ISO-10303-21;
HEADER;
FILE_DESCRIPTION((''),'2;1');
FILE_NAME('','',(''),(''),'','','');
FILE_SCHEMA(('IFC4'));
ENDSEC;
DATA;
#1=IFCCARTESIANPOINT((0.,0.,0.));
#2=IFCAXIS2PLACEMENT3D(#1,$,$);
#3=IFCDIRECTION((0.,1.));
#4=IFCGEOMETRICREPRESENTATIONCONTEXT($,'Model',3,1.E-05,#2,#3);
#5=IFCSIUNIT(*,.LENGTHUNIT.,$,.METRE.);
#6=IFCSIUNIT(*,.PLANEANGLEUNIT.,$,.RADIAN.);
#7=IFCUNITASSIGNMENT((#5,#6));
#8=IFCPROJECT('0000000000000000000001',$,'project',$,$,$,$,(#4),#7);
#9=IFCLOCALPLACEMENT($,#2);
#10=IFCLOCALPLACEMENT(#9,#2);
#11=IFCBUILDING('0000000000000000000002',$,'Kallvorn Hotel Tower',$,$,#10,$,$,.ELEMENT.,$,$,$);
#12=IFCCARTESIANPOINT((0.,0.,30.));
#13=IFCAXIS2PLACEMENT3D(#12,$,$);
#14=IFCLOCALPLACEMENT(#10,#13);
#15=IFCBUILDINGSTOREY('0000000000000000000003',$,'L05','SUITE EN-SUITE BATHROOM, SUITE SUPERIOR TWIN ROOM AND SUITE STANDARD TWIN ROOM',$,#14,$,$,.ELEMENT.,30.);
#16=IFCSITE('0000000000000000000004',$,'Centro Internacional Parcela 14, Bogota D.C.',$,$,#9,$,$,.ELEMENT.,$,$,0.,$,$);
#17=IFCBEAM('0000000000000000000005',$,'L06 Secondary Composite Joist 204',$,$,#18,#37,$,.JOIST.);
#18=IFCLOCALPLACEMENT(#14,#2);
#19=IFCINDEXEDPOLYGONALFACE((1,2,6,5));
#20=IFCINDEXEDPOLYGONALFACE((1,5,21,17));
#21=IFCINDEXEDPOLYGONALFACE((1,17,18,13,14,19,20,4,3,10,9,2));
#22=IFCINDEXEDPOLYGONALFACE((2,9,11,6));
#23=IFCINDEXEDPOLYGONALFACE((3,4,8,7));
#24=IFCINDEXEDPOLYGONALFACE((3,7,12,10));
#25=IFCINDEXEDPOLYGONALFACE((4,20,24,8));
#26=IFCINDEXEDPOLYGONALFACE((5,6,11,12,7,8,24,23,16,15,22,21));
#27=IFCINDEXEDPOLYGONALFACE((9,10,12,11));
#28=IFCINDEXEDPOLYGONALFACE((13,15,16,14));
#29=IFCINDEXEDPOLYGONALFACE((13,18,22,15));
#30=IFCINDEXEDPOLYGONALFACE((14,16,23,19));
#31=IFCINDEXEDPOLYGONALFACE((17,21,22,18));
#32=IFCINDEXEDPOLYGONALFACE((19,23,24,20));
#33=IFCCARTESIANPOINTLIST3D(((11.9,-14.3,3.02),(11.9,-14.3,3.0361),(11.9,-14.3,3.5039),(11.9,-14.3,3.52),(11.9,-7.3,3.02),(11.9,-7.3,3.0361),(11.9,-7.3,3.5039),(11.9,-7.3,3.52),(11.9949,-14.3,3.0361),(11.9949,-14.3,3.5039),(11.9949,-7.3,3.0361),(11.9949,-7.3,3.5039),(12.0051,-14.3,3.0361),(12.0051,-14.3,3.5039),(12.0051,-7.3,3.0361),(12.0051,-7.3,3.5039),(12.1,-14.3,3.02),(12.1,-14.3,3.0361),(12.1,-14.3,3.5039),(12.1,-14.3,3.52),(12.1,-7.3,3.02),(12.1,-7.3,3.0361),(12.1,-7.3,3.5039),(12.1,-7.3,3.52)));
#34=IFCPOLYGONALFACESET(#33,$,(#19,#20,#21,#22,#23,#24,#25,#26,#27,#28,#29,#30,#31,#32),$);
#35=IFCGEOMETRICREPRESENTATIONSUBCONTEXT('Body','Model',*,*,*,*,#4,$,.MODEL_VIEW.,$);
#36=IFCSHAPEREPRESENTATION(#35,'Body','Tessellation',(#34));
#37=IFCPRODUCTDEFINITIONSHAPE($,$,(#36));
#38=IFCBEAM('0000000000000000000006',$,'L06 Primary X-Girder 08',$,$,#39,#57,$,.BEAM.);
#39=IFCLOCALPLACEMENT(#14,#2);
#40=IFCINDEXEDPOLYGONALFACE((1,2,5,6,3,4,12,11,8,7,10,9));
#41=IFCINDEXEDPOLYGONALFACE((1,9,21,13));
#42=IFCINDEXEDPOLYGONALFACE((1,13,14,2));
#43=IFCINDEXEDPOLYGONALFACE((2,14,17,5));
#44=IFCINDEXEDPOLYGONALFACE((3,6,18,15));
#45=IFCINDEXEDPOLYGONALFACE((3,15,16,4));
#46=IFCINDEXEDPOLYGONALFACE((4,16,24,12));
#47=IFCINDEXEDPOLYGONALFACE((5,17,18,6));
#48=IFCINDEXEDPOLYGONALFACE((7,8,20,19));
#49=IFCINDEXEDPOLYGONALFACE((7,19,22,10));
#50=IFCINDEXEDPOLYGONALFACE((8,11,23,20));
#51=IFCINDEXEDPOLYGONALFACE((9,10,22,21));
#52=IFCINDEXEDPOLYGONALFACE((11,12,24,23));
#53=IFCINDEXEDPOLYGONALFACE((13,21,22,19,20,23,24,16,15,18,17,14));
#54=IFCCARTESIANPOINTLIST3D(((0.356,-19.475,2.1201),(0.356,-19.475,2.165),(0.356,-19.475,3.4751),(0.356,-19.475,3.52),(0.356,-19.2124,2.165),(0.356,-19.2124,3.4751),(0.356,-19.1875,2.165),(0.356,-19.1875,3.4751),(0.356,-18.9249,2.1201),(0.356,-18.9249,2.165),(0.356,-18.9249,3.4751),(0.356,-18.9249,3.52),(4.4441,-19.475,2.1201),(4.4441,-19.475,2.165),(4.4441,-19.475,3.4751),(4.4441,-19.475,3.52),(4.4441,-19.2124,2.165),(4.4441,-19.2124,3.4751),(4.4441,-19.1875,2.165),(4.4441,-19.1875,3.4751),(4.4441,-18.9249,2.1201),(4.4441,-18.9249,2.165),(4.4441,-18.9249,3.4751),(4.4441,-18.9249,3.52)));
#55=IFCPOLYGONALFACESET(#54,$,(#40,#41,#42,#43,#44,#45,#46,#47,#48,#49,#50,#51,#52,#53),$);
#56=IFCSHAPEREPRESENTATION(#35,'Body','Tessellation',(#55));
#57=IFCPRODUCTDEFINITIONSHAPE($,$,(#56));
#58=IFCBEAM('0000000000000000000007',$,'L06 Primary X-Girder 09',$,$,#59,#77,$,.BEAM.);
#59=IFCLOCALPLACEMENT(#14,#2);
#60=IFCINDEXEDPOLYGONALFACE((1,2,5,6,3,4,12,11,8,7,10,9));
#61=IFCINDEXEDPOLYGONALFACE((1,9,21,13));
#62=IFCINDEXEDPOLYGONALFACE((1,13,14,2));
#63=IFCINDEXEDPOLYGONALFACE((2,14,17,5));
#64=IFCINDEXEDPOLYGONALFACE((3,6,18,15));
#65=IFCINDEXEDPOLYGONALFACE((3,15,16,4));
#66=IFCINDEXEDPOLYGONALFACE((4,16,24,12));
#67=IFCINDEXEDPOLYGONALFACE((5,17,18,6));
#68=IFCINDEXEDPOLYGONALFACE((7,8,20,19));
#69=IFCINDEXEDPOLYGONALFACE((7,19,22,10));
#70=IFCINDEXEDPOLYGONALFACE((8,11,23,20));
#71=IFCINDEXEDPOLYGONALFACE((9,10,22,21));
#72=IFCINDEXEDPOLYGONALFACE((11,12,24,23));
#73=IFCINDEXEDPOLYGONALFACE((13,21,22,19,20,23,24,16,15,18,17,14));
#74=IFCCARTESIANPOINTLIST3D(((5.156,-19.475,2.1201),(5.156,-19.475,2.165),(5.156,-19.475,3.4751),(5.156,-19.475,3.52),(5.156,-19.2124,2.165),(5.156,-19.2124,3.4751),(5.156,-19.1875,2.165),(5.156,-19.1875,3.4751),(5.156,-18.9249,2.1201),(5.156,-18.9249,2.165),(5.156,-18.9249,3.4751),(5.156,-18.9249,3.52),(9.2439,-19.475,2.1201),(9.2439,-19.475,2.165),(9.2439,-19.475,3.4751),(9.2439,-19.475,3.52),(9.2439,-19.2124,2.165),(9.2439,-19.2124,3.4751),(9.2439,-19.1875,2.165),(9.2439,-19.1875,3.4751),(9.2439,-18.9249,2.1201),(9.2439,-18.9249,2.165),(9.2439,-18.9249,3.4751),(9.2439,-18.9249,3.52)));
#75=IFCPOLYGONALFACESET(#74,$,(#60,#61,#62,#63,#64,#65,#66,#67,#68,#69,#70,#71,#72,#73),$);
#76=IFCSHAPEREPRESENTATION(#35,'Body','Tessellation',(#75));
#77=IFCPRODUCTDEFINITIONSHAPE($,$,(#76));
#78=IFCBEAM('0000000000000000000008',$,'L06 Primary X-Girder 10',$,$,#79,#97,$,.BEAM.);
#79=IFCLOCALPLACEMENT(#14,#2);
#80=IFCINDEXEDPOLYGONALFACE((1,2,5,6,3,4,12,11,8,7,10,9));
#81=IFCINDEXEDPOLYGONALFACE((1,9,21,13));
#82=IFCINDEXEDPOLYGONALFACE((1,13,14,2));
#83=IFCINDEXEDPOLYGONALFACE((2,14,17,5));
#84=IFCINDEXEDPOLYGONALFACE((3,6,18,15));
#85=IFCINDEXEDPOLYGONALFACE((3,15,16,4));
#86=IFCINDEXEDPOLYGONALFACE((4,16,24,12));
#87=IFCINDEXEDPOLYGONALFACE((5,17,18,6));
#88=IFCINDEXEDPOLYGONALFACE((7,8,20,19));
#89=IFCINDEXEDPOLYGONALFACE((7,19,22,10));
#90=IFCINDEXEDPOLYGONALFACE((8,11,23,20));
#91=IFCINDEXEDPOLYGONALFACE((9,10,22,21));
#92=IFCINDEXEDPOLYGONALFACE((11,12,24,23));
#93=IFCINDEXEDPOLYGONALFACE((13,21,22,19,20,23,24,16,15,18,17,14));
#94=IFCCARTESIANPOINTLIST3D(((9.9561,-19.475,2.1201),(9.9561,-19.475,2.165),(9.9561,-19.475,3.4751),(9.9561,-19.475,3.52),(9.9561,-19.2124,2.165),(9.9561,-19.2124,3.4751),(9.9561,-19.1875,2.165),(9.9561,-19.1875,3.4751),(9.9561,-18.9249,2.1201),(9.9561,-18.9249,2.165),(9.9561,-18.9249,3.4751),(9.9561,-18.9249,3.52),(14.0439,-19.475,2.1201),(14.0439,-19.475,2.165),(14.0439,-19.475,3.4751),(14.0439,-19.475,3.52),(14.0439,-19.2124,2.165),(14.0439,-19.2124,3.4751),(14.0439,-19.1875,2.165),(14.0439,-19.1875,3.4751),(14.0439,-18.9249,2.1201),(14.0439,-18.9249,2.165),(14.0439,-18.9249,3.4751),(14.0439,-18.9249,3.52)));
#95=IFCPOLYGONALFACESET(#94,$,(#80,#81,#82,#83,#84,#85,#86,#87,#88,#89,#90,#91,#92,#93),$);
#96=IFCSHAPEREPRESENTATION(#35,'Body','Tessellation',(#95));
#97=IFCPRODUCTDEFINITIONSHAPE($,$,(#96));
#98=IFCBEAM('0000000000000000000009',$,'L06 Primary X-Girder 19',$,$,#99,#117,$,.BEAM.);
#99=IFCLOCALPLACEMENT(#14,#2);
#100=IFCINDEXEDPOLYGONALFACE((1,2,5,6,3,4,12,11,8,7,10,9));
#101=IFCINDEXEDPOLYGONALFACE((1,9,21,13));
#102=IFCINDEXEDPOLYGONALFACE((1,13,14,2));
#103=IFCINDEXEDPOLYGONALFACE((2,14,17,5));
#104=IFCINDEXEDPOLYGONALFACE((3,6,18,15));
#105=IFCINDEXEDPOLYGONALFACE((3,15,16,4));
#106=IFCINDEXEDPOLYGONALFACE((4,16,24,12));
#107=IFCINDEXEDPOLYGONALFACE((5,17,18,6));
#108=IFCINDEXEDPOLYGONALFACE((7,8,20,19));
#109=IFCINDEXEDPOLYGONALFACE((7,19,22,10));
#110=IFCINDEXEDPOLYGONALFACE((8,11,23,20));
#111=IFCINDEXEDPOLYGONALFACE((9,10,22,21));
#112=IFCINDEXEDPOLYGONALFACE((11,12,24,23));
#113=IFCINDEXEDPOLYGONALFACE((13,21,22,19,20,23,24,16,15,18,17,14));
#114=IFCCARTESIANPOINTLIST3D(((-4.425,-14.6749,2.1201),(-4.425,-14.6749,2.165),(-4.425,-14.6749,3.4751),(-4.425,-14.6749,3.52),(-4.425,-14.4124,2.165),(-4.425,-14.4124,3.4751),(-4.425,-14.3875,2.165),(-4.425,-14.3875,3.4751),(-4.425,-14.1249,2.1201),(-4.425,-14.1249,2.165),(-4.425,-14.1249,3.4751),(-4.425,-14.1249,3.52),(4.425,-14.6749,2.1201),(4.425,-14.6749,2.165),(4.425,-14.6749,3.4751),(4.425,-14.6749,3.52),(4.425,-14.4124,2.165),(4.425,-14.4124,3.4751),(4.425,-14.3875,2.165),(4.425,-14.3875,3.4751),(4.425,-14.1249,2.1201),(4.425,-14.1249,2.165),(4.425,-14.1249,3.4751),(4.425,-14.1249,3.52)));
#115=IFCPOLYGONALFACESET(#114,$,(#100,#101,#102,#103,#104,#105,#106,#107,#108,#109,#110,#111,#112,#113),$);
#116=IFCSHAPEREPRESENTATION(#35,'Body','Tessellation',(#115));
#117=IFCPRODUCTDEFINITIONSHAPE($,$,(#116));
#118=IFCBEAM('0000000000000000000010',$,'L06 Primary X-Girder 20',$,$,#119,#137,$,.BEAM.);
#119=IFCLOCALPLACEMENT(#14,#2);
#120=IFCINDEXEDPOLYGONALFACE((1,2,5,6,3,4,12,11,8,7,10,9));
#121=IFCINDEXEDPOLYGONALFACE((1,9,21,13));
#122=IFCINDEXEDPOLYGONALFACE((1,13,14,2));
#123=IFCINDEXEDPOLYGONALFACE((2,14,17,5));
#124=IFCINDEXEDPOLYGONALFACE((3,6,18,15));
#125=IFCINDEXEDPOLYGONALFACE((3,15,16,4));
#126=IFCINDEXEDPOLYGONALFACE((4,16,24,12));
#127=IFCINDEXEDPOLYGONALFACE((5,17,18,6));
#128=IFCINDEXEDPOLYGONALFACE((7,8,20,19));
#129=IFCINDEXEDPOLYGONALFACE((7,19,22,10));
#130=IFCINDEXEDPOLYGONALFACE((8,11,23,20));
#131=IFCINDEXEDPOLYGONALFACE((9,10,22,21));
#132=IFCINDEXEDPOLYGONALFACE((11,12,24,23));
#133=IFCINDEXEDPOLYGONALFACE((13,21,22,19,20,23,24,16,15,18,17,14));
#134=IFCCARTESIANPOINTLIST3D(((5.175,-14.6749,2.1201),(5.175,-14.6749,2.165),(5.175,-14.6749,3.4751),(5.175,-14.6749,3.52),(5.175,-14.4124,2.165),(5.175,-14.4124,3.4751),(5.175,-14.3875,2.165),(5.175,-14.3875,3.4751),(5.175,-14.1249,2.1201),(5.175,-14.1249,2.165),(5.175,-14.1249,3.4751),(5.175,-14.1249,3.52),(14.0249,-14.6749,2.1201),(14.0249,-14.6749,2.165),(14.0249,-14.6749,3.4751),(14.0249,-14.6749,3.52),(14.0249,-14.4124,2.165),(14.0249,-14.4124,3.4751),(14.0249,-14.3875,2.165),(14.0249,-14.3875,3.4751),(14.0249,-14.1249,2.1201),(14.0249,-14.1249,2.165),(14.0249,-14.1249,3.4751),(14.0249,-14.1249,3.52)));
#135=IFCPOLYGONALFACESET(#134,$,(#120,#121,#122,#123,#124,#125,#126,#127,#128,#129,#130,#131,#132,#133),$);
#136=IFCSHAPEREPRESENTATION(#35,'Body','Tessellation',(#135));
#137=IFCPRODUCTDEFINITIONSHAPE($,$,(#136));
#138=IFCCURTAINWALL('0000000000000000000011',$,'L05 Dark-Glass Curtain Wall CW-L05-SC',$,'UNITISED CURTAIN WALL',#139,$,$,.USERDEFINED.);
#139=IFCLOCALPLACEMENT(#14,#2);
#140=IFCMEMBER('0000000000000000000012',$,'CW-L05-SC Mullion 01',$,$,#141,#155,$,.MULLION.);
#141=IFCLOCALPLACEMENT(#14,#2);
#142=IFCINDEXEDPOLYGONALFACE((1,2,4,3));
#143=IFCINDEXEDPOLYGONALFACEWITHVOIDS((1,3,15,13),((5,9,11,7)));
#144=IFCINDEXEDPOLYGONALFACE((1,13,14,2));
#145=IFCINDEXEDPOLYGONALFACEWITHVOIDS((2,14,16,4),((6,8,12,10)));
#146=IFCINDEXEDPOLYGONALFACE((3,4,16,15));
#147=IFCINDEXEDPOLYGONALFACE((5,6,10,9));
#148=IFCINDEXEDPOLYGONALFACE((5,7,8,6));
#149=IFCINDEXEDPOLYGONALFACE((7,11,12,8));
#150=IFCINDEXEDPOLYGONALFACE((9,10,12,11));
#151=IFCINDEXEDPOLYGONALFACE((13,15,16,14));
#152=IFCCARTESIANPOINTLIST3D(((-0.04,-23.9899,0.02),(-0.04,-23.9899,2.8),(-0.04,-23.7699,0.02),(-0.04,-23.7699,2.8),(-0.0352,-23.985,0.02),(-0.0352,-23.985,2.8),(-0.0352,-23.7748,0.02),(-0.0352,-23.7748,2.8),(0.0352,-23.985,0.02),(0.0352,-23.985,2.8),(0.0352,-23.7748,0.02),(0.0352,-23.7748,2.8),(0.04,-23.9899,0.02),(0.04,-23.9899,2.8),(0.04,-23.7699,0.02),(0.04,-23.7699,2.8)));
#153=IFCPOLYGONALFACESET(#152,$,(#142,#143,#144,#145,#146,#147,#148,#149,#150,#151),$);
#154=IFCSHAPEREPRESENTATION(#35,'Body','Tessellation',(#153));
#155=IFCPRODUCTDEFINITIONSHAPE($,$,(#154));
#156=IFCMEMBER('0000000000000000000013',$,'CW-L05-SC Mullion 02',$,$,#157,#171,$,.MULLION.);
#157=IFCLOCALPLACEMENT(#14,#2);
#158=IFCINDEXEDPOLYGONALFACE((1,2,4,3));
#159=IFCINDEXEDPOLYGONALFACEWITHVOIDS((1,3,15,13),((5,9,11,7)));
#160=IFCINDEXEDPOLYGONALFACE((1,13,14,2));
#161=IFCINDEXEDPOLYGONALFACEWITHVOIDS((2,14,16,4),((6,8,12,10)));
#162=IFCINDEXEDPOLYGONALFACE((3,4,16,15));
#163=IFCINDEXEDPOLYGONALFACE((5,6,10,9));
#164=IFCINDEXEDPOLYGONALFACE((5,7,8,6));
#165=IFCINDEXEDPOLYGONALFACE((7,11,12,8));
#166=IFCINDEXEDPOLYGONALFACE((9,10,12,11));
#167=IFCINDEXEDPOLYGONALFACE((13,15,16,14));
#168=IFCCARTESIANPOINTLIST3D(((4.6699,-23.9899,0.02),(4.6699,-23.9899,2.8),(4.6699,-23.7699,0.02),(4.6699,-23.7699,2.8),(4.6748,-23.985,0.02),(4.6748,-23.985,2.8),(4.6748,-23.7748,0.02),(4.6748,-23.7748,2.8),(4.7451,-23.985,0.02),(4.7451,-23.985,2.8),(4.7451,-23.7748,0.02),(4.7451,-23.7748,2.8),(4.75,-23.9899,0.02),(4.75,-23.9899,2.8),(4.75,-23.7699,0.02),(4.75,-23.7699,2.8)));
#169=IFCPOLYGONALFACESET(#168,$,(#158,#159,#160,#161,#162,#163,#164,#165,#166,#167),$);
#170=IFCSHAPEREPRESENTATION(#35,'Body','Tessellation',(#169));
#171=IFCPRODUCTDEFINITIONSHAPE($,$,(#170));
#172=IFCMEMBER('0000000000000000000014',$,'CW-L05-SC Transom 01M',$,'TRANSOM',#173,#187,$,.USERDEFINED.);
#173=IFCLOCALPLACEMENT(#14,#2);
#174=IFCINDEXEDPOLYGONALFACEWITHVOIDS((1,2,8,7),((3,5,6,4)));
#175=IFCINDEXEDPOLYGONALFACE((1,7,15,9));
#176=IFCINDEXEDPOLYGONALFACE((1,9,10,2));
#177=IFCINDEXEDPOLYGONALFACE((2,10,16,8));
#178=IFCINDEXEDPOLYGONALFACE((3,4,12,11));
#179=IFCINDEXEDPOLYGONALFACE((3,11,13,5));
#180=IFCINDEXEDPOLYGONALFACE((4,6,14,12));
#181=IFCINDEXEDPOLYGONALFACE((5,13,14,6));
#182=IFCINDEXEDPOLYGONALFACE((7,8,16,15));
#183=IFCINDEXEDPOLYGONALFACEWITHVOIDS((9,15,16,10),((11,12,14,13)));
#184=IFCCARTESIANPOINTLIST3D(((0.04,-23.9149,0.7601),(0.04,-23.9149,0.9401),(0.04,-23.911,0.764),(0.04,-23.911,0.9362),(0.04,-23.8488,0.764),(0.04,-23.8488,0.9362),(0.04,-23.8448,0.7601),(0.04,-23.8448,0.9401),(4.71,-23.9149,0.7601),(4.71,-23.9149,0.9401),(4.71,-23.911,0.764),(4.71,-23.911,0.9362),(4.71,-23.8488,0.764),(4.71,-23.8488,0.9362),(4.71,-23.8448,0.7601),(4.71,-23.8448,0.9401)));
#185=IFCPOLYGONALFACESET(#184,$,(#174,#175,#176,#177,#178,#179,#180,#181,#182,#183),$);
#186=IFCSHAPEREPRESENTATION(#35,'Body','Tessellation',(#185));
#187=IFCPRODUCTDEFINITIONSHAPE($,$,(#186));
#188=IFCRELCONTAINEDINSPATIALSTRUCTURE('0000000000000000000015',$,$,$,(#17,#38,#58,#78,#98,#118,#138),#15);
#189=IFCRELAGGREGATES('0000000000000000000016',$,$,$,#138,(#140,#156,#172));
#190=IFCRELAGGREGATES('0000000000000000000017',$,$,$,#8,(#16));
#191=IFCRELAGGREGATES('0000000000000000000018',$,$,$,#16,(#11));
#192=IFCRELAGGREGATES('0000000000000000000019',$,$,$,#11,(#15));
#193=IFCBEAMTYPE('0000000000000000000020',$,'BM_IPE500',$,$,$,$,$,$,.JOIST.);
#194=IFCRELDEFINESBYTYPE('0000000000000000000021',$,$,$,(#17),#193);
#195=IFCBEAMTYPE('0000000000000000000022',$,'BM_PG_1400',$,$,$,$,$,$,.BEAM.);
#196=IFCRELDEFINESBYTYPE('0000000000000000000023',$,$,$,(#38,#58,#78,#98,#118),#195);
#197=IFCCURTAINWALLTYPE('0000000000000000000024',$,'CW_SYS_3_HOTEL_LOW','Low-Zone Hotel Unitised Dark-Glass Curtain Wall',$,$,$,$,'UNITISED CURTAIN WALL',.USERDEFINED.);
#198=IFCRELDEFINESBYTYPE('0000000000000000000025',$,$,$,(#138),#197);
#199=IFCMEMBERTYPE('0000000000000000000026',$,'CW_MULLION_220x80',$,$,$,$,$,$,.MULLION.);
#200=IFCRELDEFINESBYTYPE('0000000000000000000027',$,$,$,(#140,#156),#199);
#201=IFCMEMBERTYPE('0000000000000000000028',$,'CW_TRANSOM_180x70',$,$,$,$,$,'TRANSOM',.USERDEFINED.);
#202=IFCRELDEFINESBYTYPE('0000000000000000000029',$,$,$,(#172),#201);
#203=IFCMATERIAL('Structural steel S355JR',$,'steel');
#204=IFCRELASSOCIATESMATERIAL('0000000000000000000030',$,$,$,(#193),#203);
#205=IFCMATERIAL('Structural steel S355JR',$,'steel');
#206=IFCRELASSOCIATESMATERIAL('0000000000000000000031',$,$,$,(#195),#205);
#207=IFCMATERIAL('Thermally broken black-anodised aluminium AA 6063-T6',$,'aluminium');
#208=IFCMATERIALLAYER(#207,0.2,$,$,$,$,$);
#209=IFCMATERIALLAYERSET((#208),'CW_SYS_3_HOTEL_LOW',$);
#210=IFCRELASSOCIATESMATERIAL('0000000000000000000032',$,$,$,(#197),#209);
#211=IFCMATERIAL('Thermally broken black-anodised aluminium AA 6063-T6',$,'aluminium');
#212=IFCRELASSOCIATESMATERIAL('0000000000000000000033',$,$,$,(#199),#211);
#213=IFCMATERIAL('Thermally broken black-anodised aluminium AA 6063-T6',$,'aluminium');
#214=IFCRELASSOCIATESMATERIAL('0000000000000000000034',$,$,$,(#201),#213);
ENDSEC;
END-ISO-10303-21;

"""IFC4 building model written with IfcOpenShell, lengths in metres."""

from ifc_helpers import new_model, si_unit, direction, frame, origin, origin_2d, place, context, subcontext, project, spatial, hollow_rectangle, i_section, extrude, material, layer, layer_set, material_profile, profile_set, type_object, element, aggregate, save


model = new_model("IFC4")

# Units and contexts
model_context = context("Model", 3, precision=1e-05, world=origin(), true_north=direction((0.0, 1.0)))
body_context = subcontext(model_context, "Body", "Model", "MODEL_VIEW")
ifc_project = project(units=[si_unit("LENGTHUNIT", "METRE"), si_unit("PLANEANGLEUNIT", "RADIAN")], contexts=[model_context])

# Site, building, storey
site_placement = place(None, origin())
site = spatial("IfcSite", under=ifc_project, at=site_placement, Name="Centro Internacional Parcela 14, Bogota D.C.", CompositionType="ELEMENT", RefElevation=0.0)
building_placement = place(site_placement, origin())
building = spatial("IfcBuilding", under=site, at=building_placement, Name="Kallvorn Hotel Tower", CompositionType="ELEMENT")
storey_placement = place(building_placement, frame((0.0, 0.0, 30.0)))
storey = spatial("IfcBuildingStorey", under=building, at=storey_placement, Name="L05", Description="SUITE EN-SUITE BATHROOM, SUITE SUPERIOR TWIN ROOM AND SUITE STANDARD TWIN ROOM", CompositionType="ELEMENT", Elevation=30.0)

# Beams
ifc_material_1 = material(Name="Structural steel S355JR", Category="steel")
ifc_material_profile_1 = material_profile(ifc_material_1, i_section(OverallWidth=0.2, OverallDepth=0.5, WebThickness=0.0103, FlangeThickness=0.0161, at=origin_2d()), Name="IPE 500")
ifc_profile_set_1 = profile_set([ifc_material_profile_1], Name="Structural steel S355JR")
beam_type_1 = type_object("IfcBeamType", Name="BM_IPE500", PredefinedType="JOIST", material=ifc_profile_set_1)
for number, where, z_axis, x_axis, name in (
    (1, (12.0, -14.3, 3.27), (0.0, 1.0, 0.0), (-1.0, 0.0, 0.0), "L06 Secondary Composite Joist 204"),
):
    element("IfcBeam", number, at=place(storey_placement, frame(where, z_axis=z_axis, x_axis=x_axis)), inside=storey, type_object=beam_type_1, Name=name, PredefinedType="JOIST", context=body_context, shape_type="SweptSolid", body=[
        extrude(i_section(OverallWidth=0.2, OverallDepth=0.5, WebThickness=0.0103, FlangeThickness=0.0161, at=origin_2d()), origin(), (0.0, 0.0, 1.0), 7.0),
    ])
ifc_material_2 = material(Name="Structural steel S355JR", Category="steel")
ifc_material_profile_2 = material_profile(ifc_material_2, i_section(OverallWidth=0.55, OverallDepth=1.3999, WebThickness=0.0249, FlangeThickness=0.0449, at=origin_2d()), Name="PG 1400x550x25x45")
ifc_profile_set_2 = profile_set([ifc_material_profile_2], Name="Structural steel S355JR")
beam_type_2 = type_object("IfcBeamType", Name="BM_PG_1400", PredefinedType="BEAM", material=ifc_profile_set_2)
beam_1_placement = place(storey_placement, frame((0.356, -19.2, 2.8201), z_axis=(1.0, 0.0, 0.0), x_axis=(0.0, 1.0, 0.0)))
element("IfcBeam", 2, at=beam_1_placement, inside=storey, type_object=beam_type_2, Name="L06 Primary X-Girder 08", PredefinedType="BEAM", context=body_context, shape_type="SweptSolid", body=[
    extrude(i_section(OverallWidth=0.55, OverallDepth=1.3999, WebThickness=0.0249, FlangeThickness=0.0449, at=origin_2d()), origin(), (0.0, 0.0, 1.0), 4.0881),
])
for number, where, z_axis, x_axis, name in (
    (3, (5.156, -19.2, 2.8201), (1.0, 0.0, 0.0), (0.0, 1.0, 0.0), "L06 Primary X-Girder 09"),
    (4, (9.9561, -19.2, 2.8201), (1.0, 0.0, 0.0), (0.0, 1.0, 0.0), "L06 Primary X-Girder 10"),
):
    element("IfcBeam", number, at=place(storey_placement, frame(where, z_axis=z_axis, x_axis=x_axis)), inside=storey, type_object=beam_type_2, Name=name, PredefinedType="BEAM", context=body_context, shape_type="SweptSolid", body=[
        extrude(i_section(OverallWidth=0.55, OverallDepth=1.3999, WebThickness=0.0249, FlangeThickness=0.0449, at=origin_2d()), origin(), (0.0, 0.0, 1.0), 4.0879),
    ])
beam_2_placement = place(storey_placement, frame((-4.425, -14.3999, 2.8201), z_axis=(1.0, 0.0, 0.0), x_axis=(0.0, 1.0, 0.0)))
element("IfcBeam", 5, at=beam_2_placement, inside=storey, type_object=beam_type_2, Name="L06 Primary X-Girder 19", PredefinedType="BEAM", context=body_context, shape_type="SweptSolid", body=[
    extrude(i_section(OverallWidth=0.55, OverallDepth=1.3999, WebThickness=0.0249, FlangeThickness=0.0449, at=origin_2d()), origin(), (0.0, 0.0, 1.0), 8.8501),
])
beam_3_placement = place(storey_placement, frame((5.175, -14.3999, 2.8201), z_axis=(1.0, 0.0, 0.0), x_axis=(0.0, 1.0, 0.0)))
element("IfcBeam", 6, at=beam_3_placement, inside=storey, type_object=beam_type_2, Name="L06 Primary X-Girder 20", PredefinedType="BEAM", context=body_context, shape_type="SweptSolid", body=[
    extrude(i_section(OverallWidth=0.55, OverallDepth=1.3999, WebThickness=0.0249, FlangeThickness=0.0449, at=origin_2d()), origin(), (0.0, 0.0, 1.0), 8.8499),
])

# Curtain wall, members
ifc_material_3 = material(Name="Thermally broken black-anodised aluminium AA 6063-T6", Category="aluminium")
ifc_layer_1 = layer(ifc_material_3, 0.2)
ifc_layer_set_1 = layer_set([ifc_layer_1], Name="CW_SYS_3_HOTEL_LOW")
curtain_wall_type = type_object("IfcCurtainWallType", Name="CW_SYS_3_HOTEL_LOW", Description="Low-Zone Hotel Unitised Dark-Glass Curtain Wall", ElementType="UNITISED CURTAIN WALL", PredefinedType="USERDEFINED", material=ifc_layer_set_1)
curtain_wall_placement = place(storey_placement, origin())
curtain_wall = element("IfcCurtainWall", 7, at=curtain_wall_placement, inside=storey, type_object=curtain_wall_type, Name="L05 Dark-Glass Curtain Wall CW-L05-SC", ObjectType="UNITISED CURTAIN WALL", PredefinedType="USERDEFINED")
ifc_material_4 = material(Name="Thermally broken black-anodised aluminium AA 6063-T6", Category="aluminium")
ifc_material_profile_3 = material_profile(ifc_material_4, hollow_rectangle(XDim=0.0801, YDim=0.22, WallThickness=0.0049, at=origin_2d()), Name="MUL 220x80")
ifc_profile_set_3 = profile_set([ifc_material_profile_3], Name="Thermally broken black-anodised aluminium AA 6063-T6")
member_type_1 = type_object("IfcMemberType", Name="CW_MULLION_220x80", PredefinedType="MULLION", material=ifc_profile_set_3)
member_1_placement = place(storey_placement, frame((0.0, -23.8799, 0.02), z_axis=(0.0, 0.0, 1.0), x_axis=(1.0, 0.0, 0.0)))
member_1 = element("IfcMember", 8, at=member_1_placement, type_object=member_type_1, Name="CW-L05-SC Mullion 01", PredefinedType="MULLION", context=body_context, shape_type="SweptSolid", body=[
    extrude(hollow_rectangle(XDim=0.0801, YDim=0.22, WallThickness=0.0049, at=origin_2d()), origin(), (0.0, 0.0, 1.0), 2.78),
])
member_2_placement = place(storey_placement, frame((4.71, -23.8799, 0.02), z_axis=(0.0, 0.0, 1.0), x_axis=(1.0, 0.0, 0.0)))
member_2 = element("IfcMember", 9, at=member_2_placement, type_object=member_type_1, Name="CW-L05-SC Mullion 02", PredefinedType="MULLION", context=body_context, shape_type="SweptSolid", body=[
    extrude(hollow_rectangle(XDim=0.0801, YDim=0.22, WallThickness=0.0049, at=origin_2d()), origin(), (0.0, 0.0, 1.0), 2.78),
])
ifc_material_5 = material(Name="Thermally broken black-anodised aluminium AA 6063-T6", Category="aluminium")
ifc_material_profile_4 = material_profile(ifc_material_5, hollow_rectangle(XDim=0.0701, YDim=0.1799, WallThickness=0.0039, at=origin_2d()), Name="TRN 180x70")
ifc_profile_set_4 = profile_set([ifc_material_profile_4], Name="Thermally broken black-anodised aluminium AA 6063-T6")
member_type_2 = type_object("IfcMemberType", Name="CW_TRANSOM_180x70", ElementType="TRANSOM", PredefinedType="USERDEFINED", material=ifc_profile_set_4)
member_3_placement = place(storey_placement, frame((0.04, -23.8799, 0.8501), z_axis=(1.0, 0.0, 0.0), x_axis=(0.0, 1.0, 0.0)))
member_3 = element("IfcMember", 10, at=member_3_placement, type_object=member_type_2, Name="CW-L05-SC Transom 01M", ObjectType="TRANSOM", PredefinedType="USERDEFINED", context=body_context, shape_type="SweptSolid", body=[
    extrude(hollow_rectangle(XDim=0.0701, YDim=0.1799, WallThickness=0.0039, at=origin_2d()), origin(), (0.0, 0.0, 1.0), 4.6699),
])
aggregate(curtain_wall, [member_1, member_2, member_3])

save(model, "model.ifc")
